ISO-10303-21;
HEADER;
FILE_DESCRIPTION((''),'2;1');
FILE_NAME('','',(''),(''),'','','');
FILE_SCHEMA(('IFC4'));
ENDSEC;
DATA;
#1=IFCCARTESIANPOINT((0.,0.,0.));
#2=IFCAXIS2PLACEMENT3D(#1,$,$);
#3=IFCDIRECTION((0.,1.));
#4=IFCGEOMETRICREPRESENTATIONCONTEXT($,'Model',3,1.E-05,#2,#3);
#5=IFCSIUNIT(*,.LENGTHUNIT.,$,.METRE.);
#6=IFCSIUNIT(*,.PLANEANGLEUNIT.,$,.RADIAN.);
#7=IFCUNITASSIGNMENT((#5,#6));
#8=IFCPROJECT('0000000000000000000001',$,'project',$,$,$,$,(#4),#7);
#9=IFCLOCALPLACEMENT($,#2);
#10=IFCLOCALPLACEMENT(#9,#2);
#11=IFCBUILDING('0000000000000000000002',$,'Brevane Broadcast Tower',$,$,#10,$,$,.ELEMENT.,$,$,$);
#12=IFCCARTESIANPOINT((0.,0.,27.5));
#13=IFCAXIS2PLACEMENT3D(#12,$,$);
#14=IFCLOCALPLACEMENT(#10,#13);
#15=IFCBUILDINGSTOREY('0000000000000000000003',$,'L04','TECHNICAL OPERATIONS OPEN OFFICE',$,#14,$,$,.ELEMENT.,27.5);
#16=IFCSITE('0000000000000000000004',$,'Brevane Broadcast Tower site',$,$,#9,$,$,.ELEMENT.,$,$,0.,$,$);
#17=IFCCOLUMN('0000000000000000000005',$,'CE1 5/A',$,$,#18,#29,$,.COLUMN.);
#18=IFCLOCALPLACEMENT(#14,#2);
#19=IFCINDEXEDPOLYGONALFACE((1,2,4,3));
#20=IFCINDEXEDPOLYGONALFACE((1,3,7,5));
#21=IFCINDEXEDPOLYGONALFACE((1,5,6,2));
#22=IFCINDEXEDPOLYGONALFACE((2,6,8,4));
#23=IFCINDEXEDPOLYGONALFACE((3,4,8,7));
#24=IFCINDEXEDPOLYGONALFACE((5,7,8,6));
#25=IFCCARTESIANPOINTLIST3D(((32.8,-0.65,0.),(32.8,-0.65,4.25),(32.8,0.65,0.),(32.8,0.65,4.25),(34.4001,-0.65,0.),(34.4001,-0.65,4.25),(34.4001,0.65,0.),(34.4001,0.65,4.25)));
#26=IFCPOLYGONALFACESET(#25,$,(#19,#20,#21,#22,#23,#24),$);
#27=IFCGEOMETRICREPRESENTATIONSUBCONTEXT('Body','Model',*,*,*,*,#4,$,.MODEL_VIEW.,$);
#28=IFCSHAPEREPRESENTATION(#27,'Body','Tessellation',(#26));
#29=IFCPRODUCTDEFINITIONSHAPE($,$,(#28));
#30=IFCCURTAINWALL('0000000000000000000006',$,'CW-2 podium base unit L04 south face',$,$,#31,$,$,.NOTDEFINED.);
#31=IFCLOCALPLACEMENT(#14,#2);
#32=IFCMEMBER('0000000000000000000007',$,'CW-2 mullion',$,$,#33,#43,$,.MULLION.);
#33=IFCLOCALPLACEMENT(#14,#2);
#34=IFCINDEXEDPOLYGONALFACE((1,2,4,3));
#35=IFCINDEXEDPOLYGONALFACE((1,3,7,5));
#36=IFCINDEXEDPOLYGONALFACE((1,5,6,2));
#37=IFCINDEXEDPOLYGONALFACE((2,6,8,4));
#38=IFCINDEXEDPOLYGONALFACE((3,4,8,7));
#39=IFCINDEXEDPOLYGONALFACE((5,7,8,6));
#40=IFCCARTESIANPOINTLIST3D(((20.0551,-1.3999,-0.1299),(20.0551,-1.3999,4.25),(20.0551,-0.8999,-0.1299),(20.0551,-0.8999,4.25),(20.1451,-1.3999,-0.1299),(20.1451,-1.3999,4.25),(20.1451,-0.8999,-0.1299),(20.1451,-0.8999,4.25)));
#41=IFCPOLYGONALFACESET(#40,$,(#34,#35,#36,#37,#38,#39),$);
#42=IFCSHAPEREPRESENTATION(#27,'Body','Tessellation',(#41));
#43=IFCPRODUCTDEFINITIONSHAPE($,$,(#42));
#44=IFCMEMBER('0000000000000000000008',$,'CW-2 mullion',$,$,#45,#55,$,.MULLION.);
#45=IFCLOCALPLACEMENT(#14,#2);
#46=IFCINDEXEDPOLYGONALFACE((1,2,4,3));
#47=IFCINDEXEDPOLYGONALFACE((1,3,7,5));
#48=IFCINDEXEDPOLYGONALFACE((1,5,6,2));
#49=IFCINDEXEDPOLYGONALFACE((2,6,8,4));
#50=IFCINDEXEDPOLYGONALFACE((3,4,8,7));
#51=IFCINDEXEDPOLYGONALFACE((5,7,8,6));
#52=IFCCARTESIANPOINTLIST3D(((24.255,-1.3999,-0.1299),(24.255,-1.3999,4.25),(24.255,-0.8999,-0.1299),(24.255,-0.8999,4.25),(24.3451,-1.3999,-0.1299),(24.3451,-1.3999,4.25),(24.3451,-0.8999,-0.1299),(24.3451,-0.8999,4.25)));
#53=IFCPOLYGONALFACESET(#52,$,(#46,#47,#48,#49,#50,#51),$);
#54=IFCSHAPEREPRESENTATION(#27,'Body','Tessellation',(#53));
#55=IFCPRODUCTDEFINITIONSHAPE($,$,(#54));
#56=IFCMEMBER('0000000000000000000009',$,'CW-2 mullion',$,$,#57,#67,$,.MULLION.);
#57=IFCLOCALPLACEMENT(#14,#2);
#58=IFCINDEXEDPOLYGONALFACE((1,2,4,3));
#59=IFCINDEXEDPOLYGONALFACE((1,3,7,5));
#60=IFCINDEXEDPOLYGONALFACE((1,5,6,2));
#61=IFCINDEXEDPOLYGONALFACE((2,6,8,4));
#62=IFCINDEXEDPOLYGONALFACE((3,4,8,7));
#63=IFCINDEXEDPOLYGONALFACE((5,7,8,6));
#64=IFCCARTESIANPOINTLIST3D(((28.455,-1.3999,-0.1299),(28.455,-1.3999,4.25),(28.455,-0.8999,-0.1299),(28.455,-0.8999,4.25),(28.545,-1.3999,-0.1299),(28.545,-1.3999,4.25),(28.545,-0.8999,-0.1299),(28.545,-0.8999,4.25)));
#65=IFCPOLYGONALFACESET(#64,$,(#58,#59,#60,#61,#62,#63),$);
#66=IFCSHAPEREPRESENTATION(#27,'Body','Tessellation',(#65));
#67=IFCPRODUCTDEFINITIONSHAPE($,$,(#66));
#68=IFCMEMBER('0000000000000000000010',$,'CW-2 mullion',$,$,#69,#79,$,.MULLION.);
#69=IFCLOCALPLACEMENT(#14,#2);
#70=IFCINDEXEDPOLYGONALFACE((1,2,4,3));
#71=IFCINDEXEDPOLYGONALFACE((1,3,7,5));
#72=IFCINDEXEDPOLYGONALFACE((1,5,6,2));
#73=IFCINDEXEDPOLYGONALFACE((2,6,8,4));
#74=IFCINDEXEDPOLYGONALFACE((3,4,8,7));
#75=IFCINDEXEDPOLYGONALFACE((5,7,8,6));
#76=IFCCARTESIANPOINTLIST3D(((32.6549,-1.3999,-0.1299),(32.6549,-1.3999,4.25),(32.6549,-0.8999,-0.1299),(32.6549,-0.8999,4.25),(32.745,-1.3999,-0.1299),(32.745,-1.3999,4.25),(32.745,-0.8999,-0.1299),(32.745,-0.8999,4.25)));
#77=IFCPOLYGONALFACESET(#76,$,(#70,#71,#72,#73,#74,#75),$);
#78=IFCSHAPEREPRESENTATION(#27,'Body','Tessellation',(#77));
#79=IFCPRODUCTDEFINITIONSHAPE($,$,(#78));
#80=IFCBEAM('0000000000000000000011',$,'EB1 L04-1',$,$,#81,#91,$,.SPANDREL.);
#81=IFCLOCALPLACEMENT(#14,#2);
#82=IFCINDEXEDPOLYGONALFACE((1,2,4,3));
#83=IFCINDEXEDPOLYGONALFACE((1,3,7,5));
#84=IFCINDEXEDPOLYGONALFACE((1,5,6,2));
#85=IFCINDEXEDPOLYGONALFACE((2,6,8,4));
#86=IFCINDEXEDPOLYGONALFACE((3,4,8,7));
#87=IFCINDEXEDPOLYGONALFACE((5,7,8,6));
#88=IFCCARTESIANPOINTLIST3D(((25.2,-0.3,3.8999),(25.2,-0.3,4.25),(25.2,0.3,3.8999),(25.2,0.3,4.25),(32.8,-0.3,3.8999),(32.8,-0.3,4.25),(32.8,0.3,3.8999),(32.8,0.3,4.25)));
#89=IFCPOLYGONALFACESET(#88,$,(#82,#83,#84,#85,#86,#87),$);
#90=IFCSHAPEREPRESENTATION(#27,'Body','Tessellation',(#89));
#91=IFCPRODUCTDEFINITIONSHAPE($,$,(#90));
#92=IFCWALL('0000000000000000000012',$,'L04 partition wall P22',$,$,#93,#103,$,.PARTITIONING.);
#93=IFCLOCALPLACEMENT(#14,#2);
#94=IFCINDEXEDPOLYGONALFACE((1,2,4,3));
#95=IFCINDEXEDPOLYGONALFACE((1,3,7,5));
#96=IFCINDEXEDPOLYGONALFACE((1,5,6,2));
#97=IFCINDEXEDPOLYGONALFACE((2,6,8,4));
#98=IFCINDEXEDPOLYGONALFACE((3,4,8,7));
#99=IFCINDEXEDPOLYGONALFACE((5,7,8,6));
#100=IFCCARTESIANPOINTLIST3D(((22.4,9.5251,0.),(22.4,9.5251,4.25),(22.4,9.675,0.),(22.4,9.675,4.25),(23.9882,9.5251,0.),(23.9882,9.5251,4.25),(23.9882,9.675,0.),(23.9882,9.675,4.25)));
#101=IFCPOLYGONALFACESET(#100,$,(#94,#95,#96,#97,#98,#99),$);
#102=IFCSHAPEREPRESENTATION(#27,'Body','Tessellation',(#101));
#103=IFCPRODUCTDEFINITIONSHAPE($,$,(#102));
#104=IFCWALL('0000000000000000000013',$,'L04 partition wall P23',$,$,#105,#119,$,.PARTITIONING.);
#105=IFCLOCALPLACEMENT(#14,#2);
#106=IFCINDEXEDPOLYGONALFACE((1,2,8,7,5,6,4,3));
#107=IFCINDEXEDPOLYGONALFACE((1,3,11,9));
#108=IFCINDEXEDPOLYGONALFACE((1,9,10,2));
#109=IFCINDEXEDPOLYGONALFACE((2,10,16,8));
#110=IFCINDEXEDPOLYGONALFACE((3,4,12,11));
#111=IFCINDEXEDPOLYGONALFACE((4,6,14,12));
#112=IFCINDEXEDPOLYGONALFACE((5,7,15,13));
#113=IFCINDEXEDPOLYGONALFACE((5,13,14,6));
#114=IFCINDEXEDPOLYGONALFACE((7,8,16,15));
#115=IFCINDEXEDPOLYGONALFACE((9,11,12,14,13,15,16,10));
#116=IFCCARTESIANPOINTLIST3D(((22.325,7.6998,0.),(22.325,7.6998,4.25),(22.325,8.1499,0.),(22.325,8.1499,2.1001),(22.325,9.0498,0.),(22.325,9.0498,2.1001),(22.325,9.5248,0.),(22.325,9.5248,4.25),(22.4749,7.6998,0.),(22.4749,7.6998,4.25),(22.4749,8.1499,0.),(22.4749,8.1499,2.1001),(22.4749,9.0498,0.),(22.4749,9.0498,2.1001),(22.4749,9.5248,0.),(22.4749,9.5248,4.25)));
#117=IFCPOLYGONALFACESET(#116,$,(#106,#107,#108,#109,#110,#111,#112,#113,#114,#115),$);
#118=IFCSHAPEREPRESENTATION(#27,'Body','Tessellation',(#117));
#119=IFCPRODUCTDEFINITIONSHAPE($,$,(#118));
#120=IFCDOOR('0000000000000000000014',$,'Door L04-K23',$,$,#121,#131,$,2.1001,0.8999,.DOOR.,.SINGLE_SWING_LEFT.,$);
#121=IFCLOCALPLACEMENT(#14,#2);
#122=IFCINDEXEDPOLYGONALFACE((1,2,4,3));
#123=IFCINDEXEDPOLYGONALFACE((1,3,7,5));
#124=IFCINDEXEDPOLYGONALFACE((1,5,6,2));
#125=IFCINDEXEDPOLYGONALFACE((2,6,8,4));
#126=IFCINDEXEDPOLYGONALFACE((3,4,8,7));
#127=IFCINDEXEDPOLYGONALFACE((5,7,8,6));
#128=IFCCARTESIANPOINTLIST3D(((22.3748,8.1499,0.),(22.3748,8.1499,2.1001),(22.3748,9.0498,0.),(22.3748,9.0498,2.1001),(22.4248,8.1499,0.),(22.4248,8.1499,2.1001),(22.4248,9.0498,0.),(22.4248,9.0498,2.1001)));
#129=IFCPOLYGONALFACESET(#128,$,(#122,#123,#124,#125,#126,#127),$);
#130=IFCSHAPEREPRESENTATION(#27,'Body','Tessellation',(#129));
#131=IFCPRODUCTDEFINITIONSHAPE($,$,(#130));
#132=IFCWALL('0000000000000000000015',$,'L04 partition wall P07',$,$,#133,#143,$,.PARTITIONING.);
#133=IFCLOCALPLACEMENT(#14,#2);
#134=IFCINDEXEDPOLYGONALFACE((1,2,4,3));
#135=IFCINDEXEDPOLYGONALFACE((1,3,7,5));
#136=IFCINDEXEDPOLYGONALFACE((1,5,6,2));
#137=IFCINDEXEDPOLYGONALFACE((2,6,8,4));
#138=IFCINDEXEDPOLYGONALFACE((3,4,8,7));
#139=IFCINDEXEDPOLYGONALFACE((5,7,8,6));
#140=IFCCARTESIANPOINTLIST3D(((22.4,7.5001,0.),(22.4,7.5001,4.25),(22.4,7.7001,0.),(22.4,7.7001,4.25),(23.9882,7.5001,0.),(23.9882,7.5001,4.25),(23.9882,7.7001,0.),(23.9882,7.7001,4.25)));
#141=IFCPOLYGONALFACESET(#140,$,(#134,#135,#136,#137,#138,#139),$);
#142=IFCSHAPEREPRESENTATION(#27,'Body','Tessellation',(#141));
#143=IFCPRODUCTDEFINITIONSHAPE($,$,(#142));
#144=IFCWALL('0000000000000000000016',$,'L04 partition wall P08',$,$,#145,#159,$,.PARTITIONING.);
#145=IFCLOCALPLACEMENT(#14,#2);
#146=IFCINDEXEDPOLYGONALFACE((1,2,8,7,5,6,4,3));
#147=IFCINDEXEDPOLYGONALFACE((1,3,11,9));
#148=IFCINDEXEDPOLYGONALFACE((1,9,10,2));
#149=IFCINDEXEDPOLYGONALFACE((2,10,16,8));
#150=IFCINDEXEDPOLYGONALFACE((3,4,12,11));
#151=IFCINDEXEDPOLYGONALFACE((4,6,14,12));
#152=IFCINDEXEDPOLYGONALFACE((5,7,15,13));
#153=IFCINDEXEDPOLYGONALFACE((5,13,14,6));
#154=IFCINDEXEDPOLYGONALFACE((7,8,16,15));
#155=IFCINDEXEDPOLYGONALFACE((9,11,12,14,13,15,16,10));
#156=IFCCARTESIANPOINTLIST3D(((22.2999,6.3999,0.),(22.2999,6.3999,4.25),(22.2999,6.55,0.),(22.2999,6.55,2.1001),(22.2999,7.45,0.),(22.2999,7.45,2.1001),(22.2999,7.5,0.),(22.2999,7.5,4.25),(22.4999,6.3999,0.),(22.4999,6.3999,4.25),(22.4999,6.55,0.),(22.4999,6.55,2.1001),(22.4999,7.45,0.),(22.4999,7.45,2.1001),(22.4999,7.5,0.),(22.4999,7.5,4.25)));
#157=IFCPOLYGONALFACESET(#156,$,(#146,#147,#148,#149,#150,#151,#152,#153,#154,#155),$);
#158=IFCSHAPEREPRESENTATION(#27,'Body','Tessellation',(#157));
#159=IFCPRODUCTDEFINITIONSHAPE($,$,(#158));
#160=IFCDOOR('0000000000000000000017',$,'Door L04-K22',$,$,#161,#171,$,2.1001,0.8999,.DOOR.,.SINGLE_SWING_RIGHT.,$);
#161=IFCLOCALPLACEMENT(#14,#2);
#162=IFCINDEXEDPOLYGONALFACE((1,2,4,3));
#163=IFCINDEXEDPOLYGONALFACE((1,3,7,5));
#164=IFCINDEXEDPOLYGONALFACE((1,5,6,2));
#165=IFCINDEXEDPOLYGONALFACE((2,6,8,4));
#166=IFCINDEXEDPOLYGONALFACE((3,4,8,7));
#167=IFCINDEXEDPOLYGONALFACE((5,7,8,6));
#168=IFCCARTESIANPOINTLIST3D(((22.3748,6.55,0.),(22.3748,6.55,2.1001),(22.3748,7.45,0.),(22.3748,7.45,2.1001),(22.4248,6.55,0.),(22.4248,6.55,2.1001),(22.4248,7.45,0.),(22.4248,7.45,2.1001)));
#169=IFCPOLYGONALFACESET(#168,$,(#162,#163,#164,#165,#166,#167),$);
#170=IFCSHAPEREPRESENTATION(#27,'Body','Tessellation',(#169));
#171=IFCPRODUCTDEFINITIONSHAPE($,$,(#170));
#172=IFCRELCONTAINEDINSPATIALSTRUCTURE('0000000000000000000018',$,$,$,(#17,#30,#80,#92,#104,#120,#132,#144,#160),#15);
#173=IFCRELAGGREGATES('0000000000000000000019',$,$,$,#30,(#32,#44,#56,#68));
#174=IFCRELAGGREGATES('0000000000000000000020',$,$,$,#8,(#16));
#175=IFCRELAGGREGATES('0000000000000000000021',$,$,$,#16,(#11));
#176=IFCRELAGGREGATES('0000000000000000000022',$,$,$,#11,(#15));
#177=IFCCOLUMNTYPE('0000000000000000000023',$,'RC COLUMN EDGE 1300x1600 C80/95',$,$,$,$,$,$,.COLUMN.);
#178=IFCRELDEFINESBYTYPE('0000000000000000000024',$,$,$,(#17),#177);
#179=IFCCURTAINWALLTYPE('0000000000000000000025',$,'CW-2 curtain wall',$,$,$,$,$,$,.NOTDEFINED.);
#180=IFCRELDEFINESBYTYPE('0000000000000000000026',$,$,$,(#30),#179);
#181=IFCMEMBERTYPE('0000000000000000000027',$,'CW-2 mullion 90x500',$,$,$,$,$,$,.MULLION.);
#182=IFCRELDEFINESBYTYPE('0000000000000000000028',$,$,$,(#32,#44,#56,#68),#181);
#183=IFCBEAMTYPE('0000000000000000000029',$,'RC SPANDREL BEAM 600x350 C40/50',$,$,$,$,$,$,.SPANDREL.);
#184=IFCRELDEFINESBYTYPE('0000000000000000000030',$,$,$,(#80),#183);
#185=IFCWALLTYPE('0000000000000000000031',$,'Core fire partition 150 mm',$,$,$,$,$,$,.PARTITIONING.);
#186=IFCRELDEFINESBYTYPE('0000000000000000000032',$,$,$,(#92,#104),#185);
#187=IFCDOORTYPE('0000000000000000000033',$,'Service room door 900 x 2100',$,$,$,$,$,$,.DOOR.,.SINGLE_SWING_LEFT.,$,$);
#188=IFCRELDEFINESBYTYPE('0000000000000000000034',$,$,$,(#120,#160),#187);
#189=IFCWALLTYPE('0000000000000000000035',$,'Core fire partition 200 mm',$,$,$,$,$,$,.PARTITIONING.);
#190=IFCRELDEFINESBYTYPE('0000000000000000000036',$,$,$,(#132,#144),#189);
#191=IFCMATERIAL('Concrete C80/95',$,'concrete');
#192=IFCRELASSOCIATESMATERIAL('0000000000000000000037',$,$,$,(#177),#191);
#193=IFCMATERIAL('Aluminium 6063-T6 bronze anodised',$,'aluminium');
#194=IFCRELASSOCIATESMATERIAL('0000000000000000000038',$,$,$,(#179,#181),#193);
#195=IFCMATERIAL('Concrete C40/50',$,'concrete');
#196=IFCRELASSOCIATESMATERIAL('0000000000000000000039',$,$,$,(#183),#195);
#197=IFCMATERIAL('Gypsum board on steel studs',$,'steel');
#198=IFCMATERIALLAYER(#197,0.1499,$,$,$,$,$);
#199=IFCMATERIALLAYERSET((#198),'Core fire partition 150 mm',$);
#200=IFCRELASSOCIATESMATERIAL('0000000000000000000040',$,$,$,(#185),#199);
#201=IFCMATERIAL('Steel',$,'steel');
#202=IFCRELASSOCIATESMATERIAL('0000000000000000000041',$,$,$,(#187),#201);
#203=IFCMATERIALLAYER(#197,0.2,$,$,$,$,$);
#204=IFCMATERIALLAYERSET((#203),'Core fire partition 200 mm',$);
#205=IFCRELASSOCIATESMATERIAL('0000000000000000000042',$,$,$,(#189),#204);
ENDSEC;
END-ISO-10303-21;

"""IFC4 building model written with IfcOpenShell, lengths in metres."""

from ifc_helpers import new_model, si_unit, direction, frame, frame_2d, origin, origin_2d, place, context, subcontext, project, spatial, rectangle, extrude, material, layer, layer_set, material_profile, profile_set, type_object, element, fill, aggregate, save


model = new_model("IFC4")

# Units and contexts
model_context = context("Model", 3, precision=1e-05, world=origin(), true_north=direction((0.0, 1.0)))
body_context = subcontext(model_context, "Body", "Model", "MODEL_VIEW")
ifc_project = project(units=[si_unit("LENGTHUNIT", "METRE"), si_unit("PLANEANGLEUNIT", "RADIAN")], contexts=[model_context])

# Site, building, storey
site_placement = place(None, origin())
site = spatial("IfcSite", under=ifc_project, at=site_placement, Name="Brevane Broadcast Tower site", CompositionType="ELEMENT", RefElevation=0.0)
building_placement = place(site_placement, origin())
building = spatial("IfcBuilding", under=site, at=building_placement, Name="Brevane Broadcast Tower", CompositionType="ELEMENT")
storey_placement = place(building_placement, frame((0.0, 0.0, 27.5)))
storey = spatial("IfcBuildingStorey", under=building, at=storey_placement, Name="L04", Description="TECHNICAL OPERATIONS OPEN OFFICE", CompositionType="ELEMENT", Elevation=27.5)

# Column
ifc_material_1 = material(Name="Concrete C80/95", Category="concrete")
ifc_material_profile_1 = material_profile(ifc_material_1, rectangle(XDim=1.3, YDim=1.6001, at=origin_2d()), Name="RC 1300x1600")
ifc_profile_set_1 = profile_set([ifc_material_profile_1], Name="Concrete C80/95")
column_type = type_object("IfcColumnType", Name="RC COLUMN EDGE 1300x1600 C80/95", PredefinedType="COLUMN", material=ifc_profile_set_1)
column_placement = place(storey_placement, frame((33.6001, 0.0, 0.0), z_axis=(0.0, 0.0, 1.0), x_axis=(0.0, 1.0, 0.0)))
element("IfcColumn", 1, at=column_placement, inside=storey, type_object=column_type, Name="CE1 5/A", PredefinedType="COLUMN", context=body_context, shape_type="SweptSolid", body=[
    extrude(rectangle(XDim=1.3, YDim=1.6001, at=origin_2d()), origin(), (0.0, 0.0, 1.0), 4.25),
])

# Curtain wall, members
ifc_material_2 = material(Name="Aluminium 6063-T6 bronze anodised", Category="aluminium")
curtain_wall_type = type_object("IfcCurtainWallType", Name="CW-2 curtain wall", PredefinedType="NOTDEFINED", material=ifc_material_2)
curtain_wall_placement = place(storey_placement, origin())
curtain_wall = element("IfcCurtainWall", 2, at=curtain_wall_placement, inside=storey, type_object=curtain_wall_type, Name="CW-2 podium base unit L04 south face", PredefinedType="NOTDEFINED")
ifc_material_profile_2 = material_profile(ifc_material_2, rectangle(XDim=0.5, YDim=0.0901, at=origin_2d()), Name="RECT 90x500")
ifc_profile_set_2 = profile_set([ifc_material_profile_2], Name="Aluminium 6063-T6 bronze anodised")
member_type = type_object("IfcMemberType", Name="CW-2 mullion 90x500", PredefinedType="MULLION", material=ifc_profile_set_2)
member_1_placement = place(storey_placement, frame((20.1001, -1.1499, -0.1299), z_axis=(0.0, 0.0, 1.0), x_axis=(0.0, 1.0, 0.0)))
member_1 = element("IfcMember", 3, at=member_1_placement, type_object=member_type, Name="CW-2 mullion", PredefinedType="MULLION", context=body_context, shape_type="SweptSolid", body=[
    extrude(rectangle(XDim=0.5, YDim=0.0901, at=origin_2d()), origin(), (0.0, 0.0, 1.0), 4.3799),
])
member_2_placement = place(storey_placement, frame((24.3, -1.1499, -0.1299), z_axis=(0.0, 0.0, 1.0), x_axis=(0.0, 1.0, 0.0)))
member_2 = element("IfcMember", 4, at=member_2_placement, type_object=member_type, Name="CW-2 mullion", PredefinedType="MULLION", context=body_context, shape_type="SweptSolid", body=[
    extrude(rectangle(XDim=0.5, YDim=0.0901, at=origin_2d()), origin(), (0.0, 0.0, 1.0), 4.3799),
])
member_3_placement = place(storey_placement, frame((28.5, -1.1499, -0.1299), z_axis=(0.0, 0.0, 1.0), x_axis=(0.0, 1.0, 0.0)))
member_3 = element("IfcMember", 5, at=member_3_placement, type_object=member_type, Name="CW-2 mullion", PredefinedType="MULLION", context=body_context, shape_type="SweptSolid", body=[
    extrude(rectangle(XDim=0.5, YDim=0.0901, at=origin_2d()), origin(), (0.0, 0.0, 1.0), 4.3799),
])
member_4_placement = place(storey_placement, frame((32.7, -1.1499, -0.1299), z_axis=(0.0, 0.0, 1.0), x_axis=(0.0, 1.0, 0.0)))
member_4 = element("IfcMember", 6, at=member_4_placement, type_object=member_type, Name="CW-2 mullion", PredefinedType="MULLION", context=body_context, shape_type="SweptSolid", body=[
    extrude(rectangle(XDim=0.5, YDim=0.0901, at=origin_2d()), origin(), (0.0, 0.0, 1.0), 4.3799),
])
aggregate(curtain_wall, [member_1, member_2, member_3, member_4])

# Beam
ifc_material_3 = material(Name="Concrete C40/50", Category="concrete")
ifc_material_profile_3 = material_profile(ifc_material_3, rectangle(XDim=0.6001, YDim=0.3501, at=origin_2d()), Name="RC 600x350")
ifc_profile_set_3 = profile_set([ifc_material_profile_3], Name="Concrete C40/50")
beam_type = type_object("IfcBeamType", Name="RC SPANDREL BEAM 600x350 C40/50", PredefinedType="SPANDREL", material=ifc_profile_set_3)
beam_placement = place(storey_placement, frame((25.2, 0.0, 4.075), z_axis=(1.0, 0.0, 0.0), x_axis=(0.0, 1.0, 0.0)))
element("IfcBeam", 7, at=beam_placement, inside=storey, type_object=beam_type, Name="EB1 L04-1", PredefinedType="SPANDREL", context=body_context, shape_type="SweptSolid", body=[
    extrude(rectangle(XDim=0.6001, YDim=0.3501, at=origin_2d()), origin(), (0.0, 0.0, 1.0), 7.6001),
])

# Wall
ifc_material_4 = material(Name="Gypsum board on steel studs", Category="steel")
ifc_layer_1 = layer(ifc_material_4, 0.1499)
ifc_layer_set_1 = layer_set([ifc_layer_1], Name="Core fire partition 150 mm")
wall_type_1 = type_object("IfcWallType", Name="Core fire partition 150 mm", PredefinedType="PARTITIONING", material=ifc_layer_set_1)
wall_1_placement = place(storey_placement, frame((23.988, 9.6001, 0.0), z_axis=(0.0, 0.0, 1.0), x_axis=(-1.0, 0.0, 0.0)))
element("IfcWall", 8, at=wall_1_placement, inside=storey, type_object=wall_type_1, Name="L04 partition wall P22", PredefinedType="PARTITIONING", context=body_context, shape_type="SweptSolid", body=[
    extrude(rectangle(XDim=1.5881, YDim=0.1499, at=frame_2d((0.7939, 0.0))), origin(), (0.0, 0.0, 1.0), 4.25),
])

# Wall, opening, door
wall_2_placement = place(storey_placement, frame((22.3999, 9.5249, 0.0), z_axis=(0.0, 0.0, 1.0), x_axis=(0.0, -1.0, 0.0)))
wall_2 = element("IfcWall", 9, at=wall_2_placement, inside=storey, type_object=wall_type_1, Name="L04 partition wall P23", PredefinedType="PARTITIONING", context=body_context, shape_type="SweptSolid", body=[
    extrude(rectangle(XDim=1.825, YDim=0.1499, at=frame_2d((0.9126, 0.0))), origin(), (0.0, 0.0, 1.0), 4.25),
])
opening_1_placement = place(wall_2_placement, frame((0.4751, 0.0, 0.0)))
opening_1 = element("IfcOpeningElement", 10, at=opening_1_placement, cuts=wall_2, PredefinedType="OPENING", context=body_context, shape_type="SweptSolid", body=[
    extrude(rectangle(XDim=0.8999, YDim=2.1001, at=frame_2d((0.45, 1.05))), frame((0.0, 0.085, 0.0), z_axis=(0.0, -1.0, 0.0), x_axis=(1.0, 0.0, 0.0)), (0.0, 0.0, 1.0), 0.1699),
])
ifc_material_5 = material(Name="Steel", Category="steel")
door_type_1 = type_object("IfcDoorType", Name="Service room door 900 x 2100", OperationType="SINGLE_SWING_LEFT", PredefinedType="DOOR", material=ifc_material_5)
door_1_placement = place(opening_1_placement, origin())
door_1 = element("IfcDoor", 11, at=door_1_placement, inside=storey, type_object=door_type_1, Name="Door L04-K23", OperationType="SINGLE_SWING_LEFT", OverallHeight=2.1001, OverallWidth=0.8999, PredefinedType="DOOR", context=body_context, shape_type="SweptSolid", body=[
    extrude(rectangle(XDim=0.8999, YDim=2.1001, at=frame_2d((0.45, 1.05))), frame((0.0, 0.0249, 0.0), z_axis=(0.0, -1.0, 0.0), x_axis=(1.0, 0.0, 0.0)), (0.0, 0.0, 1.0), 0.05),
])
fill(opening_1, door_1)

# Wall
ifc_layer_2 = layer(ifc_material_4, 0.2)
ifc_layer_set_2 = layer_set([ifc_layer_2], Name="Core fire partition 200 mm")
wall_type_2 = type_object("IfcWallType", Name="Core fire partition 200 mm", PredefinedType="PARTITIONING", material=ifc_layer_set_2)
wall_3_placement = place(storey_placement, frame((23.988, 7.6001, 0.0), z_axis=(0.0, 0.0, 1.0), x_axis=(-1.0, 0.0, 0.0)))
element("IfcWall", 12, at=wall_3_placement, inside=storey, type_object=wall_type_2, Name="L04 partition wall P07", PredefinedType="PARTITIONING", context=body_context, shape_type="SweptSolid", body=[
    extrude(rectangle(XDim=1.5881, YDim=0.2, at=frame_2d((0.7939, 0.0))), origin(), (0.0, 0.0, 1.0), 4.25),
])

# Wall, opening, door
wall_4_placement = place(storey_placement, frame((22.3999, 7.5, 0.0), z_axis=(0.0, 0.0, 1.0), x_axis=(0.0, -1.0, 0.0)))
wall_4 = element("IfcWall", 13, at=wall_4_placement, inside=storey, type_object=wall_type_2, Name="L04 partition wall P08", PredefinedType="PARTITIONING", context=body_context, shape_type="SweptSolid", body=[
    extrude(rectangle(XDim=1.1001, YDim=0.2, at=frame_2d((0.55, 0.0))), origin(), (0.0, 0.0, 1.0), 4.25),
])
opening_2_placement = place(wall_4_placement, frame((0.05, 0.0, 0.0)))
opening_2 = element("IfcOpeningElement", 14, at=opening_2_placement, cuts=wall_4, PredefinedType="OPENING", context=body_context, shape_type="SweptSolid", body=[
    extrude(rectangle(XDim=0.8999, YDim=2.1001, at=frame_2d((0.45, 1.05))), frame((0.0, 0.1099, 0.0), z_axis=(0.0, -1.0, 0.0), x_axis=(1.0, 0.0, 0.0)), (0.0, 0.0, 1.0), 0.22),
])
door_2_placement = place(opening_2_placement, origin())
door_2 = element("IfcDoor", 15, at=door_2_placement, inside=storey, type_object=door_type_1, Name="Door L04-K22", OperationType="SINGLE_SWING_RIGHT", OverallHeight=2.1001, OverallWidth=0.8999, PredefinedType="DOOR", context=body_context, shape_type="SweptSolid", body=[
    extrude(rectangle(XDim=0.8999, YDim=2.1001, at=frame_2d((0.45, 1.05))), frame((0.0, 0.0249, 0.0), z_axis=(0.0, -1.0, 0.0), x_axis=(1.0, 0.0, 0.0)), (0.0, 0.0, 1.0), 0.05),
])
fill(opening_2, door_2)

save(model, "model.ifc")
